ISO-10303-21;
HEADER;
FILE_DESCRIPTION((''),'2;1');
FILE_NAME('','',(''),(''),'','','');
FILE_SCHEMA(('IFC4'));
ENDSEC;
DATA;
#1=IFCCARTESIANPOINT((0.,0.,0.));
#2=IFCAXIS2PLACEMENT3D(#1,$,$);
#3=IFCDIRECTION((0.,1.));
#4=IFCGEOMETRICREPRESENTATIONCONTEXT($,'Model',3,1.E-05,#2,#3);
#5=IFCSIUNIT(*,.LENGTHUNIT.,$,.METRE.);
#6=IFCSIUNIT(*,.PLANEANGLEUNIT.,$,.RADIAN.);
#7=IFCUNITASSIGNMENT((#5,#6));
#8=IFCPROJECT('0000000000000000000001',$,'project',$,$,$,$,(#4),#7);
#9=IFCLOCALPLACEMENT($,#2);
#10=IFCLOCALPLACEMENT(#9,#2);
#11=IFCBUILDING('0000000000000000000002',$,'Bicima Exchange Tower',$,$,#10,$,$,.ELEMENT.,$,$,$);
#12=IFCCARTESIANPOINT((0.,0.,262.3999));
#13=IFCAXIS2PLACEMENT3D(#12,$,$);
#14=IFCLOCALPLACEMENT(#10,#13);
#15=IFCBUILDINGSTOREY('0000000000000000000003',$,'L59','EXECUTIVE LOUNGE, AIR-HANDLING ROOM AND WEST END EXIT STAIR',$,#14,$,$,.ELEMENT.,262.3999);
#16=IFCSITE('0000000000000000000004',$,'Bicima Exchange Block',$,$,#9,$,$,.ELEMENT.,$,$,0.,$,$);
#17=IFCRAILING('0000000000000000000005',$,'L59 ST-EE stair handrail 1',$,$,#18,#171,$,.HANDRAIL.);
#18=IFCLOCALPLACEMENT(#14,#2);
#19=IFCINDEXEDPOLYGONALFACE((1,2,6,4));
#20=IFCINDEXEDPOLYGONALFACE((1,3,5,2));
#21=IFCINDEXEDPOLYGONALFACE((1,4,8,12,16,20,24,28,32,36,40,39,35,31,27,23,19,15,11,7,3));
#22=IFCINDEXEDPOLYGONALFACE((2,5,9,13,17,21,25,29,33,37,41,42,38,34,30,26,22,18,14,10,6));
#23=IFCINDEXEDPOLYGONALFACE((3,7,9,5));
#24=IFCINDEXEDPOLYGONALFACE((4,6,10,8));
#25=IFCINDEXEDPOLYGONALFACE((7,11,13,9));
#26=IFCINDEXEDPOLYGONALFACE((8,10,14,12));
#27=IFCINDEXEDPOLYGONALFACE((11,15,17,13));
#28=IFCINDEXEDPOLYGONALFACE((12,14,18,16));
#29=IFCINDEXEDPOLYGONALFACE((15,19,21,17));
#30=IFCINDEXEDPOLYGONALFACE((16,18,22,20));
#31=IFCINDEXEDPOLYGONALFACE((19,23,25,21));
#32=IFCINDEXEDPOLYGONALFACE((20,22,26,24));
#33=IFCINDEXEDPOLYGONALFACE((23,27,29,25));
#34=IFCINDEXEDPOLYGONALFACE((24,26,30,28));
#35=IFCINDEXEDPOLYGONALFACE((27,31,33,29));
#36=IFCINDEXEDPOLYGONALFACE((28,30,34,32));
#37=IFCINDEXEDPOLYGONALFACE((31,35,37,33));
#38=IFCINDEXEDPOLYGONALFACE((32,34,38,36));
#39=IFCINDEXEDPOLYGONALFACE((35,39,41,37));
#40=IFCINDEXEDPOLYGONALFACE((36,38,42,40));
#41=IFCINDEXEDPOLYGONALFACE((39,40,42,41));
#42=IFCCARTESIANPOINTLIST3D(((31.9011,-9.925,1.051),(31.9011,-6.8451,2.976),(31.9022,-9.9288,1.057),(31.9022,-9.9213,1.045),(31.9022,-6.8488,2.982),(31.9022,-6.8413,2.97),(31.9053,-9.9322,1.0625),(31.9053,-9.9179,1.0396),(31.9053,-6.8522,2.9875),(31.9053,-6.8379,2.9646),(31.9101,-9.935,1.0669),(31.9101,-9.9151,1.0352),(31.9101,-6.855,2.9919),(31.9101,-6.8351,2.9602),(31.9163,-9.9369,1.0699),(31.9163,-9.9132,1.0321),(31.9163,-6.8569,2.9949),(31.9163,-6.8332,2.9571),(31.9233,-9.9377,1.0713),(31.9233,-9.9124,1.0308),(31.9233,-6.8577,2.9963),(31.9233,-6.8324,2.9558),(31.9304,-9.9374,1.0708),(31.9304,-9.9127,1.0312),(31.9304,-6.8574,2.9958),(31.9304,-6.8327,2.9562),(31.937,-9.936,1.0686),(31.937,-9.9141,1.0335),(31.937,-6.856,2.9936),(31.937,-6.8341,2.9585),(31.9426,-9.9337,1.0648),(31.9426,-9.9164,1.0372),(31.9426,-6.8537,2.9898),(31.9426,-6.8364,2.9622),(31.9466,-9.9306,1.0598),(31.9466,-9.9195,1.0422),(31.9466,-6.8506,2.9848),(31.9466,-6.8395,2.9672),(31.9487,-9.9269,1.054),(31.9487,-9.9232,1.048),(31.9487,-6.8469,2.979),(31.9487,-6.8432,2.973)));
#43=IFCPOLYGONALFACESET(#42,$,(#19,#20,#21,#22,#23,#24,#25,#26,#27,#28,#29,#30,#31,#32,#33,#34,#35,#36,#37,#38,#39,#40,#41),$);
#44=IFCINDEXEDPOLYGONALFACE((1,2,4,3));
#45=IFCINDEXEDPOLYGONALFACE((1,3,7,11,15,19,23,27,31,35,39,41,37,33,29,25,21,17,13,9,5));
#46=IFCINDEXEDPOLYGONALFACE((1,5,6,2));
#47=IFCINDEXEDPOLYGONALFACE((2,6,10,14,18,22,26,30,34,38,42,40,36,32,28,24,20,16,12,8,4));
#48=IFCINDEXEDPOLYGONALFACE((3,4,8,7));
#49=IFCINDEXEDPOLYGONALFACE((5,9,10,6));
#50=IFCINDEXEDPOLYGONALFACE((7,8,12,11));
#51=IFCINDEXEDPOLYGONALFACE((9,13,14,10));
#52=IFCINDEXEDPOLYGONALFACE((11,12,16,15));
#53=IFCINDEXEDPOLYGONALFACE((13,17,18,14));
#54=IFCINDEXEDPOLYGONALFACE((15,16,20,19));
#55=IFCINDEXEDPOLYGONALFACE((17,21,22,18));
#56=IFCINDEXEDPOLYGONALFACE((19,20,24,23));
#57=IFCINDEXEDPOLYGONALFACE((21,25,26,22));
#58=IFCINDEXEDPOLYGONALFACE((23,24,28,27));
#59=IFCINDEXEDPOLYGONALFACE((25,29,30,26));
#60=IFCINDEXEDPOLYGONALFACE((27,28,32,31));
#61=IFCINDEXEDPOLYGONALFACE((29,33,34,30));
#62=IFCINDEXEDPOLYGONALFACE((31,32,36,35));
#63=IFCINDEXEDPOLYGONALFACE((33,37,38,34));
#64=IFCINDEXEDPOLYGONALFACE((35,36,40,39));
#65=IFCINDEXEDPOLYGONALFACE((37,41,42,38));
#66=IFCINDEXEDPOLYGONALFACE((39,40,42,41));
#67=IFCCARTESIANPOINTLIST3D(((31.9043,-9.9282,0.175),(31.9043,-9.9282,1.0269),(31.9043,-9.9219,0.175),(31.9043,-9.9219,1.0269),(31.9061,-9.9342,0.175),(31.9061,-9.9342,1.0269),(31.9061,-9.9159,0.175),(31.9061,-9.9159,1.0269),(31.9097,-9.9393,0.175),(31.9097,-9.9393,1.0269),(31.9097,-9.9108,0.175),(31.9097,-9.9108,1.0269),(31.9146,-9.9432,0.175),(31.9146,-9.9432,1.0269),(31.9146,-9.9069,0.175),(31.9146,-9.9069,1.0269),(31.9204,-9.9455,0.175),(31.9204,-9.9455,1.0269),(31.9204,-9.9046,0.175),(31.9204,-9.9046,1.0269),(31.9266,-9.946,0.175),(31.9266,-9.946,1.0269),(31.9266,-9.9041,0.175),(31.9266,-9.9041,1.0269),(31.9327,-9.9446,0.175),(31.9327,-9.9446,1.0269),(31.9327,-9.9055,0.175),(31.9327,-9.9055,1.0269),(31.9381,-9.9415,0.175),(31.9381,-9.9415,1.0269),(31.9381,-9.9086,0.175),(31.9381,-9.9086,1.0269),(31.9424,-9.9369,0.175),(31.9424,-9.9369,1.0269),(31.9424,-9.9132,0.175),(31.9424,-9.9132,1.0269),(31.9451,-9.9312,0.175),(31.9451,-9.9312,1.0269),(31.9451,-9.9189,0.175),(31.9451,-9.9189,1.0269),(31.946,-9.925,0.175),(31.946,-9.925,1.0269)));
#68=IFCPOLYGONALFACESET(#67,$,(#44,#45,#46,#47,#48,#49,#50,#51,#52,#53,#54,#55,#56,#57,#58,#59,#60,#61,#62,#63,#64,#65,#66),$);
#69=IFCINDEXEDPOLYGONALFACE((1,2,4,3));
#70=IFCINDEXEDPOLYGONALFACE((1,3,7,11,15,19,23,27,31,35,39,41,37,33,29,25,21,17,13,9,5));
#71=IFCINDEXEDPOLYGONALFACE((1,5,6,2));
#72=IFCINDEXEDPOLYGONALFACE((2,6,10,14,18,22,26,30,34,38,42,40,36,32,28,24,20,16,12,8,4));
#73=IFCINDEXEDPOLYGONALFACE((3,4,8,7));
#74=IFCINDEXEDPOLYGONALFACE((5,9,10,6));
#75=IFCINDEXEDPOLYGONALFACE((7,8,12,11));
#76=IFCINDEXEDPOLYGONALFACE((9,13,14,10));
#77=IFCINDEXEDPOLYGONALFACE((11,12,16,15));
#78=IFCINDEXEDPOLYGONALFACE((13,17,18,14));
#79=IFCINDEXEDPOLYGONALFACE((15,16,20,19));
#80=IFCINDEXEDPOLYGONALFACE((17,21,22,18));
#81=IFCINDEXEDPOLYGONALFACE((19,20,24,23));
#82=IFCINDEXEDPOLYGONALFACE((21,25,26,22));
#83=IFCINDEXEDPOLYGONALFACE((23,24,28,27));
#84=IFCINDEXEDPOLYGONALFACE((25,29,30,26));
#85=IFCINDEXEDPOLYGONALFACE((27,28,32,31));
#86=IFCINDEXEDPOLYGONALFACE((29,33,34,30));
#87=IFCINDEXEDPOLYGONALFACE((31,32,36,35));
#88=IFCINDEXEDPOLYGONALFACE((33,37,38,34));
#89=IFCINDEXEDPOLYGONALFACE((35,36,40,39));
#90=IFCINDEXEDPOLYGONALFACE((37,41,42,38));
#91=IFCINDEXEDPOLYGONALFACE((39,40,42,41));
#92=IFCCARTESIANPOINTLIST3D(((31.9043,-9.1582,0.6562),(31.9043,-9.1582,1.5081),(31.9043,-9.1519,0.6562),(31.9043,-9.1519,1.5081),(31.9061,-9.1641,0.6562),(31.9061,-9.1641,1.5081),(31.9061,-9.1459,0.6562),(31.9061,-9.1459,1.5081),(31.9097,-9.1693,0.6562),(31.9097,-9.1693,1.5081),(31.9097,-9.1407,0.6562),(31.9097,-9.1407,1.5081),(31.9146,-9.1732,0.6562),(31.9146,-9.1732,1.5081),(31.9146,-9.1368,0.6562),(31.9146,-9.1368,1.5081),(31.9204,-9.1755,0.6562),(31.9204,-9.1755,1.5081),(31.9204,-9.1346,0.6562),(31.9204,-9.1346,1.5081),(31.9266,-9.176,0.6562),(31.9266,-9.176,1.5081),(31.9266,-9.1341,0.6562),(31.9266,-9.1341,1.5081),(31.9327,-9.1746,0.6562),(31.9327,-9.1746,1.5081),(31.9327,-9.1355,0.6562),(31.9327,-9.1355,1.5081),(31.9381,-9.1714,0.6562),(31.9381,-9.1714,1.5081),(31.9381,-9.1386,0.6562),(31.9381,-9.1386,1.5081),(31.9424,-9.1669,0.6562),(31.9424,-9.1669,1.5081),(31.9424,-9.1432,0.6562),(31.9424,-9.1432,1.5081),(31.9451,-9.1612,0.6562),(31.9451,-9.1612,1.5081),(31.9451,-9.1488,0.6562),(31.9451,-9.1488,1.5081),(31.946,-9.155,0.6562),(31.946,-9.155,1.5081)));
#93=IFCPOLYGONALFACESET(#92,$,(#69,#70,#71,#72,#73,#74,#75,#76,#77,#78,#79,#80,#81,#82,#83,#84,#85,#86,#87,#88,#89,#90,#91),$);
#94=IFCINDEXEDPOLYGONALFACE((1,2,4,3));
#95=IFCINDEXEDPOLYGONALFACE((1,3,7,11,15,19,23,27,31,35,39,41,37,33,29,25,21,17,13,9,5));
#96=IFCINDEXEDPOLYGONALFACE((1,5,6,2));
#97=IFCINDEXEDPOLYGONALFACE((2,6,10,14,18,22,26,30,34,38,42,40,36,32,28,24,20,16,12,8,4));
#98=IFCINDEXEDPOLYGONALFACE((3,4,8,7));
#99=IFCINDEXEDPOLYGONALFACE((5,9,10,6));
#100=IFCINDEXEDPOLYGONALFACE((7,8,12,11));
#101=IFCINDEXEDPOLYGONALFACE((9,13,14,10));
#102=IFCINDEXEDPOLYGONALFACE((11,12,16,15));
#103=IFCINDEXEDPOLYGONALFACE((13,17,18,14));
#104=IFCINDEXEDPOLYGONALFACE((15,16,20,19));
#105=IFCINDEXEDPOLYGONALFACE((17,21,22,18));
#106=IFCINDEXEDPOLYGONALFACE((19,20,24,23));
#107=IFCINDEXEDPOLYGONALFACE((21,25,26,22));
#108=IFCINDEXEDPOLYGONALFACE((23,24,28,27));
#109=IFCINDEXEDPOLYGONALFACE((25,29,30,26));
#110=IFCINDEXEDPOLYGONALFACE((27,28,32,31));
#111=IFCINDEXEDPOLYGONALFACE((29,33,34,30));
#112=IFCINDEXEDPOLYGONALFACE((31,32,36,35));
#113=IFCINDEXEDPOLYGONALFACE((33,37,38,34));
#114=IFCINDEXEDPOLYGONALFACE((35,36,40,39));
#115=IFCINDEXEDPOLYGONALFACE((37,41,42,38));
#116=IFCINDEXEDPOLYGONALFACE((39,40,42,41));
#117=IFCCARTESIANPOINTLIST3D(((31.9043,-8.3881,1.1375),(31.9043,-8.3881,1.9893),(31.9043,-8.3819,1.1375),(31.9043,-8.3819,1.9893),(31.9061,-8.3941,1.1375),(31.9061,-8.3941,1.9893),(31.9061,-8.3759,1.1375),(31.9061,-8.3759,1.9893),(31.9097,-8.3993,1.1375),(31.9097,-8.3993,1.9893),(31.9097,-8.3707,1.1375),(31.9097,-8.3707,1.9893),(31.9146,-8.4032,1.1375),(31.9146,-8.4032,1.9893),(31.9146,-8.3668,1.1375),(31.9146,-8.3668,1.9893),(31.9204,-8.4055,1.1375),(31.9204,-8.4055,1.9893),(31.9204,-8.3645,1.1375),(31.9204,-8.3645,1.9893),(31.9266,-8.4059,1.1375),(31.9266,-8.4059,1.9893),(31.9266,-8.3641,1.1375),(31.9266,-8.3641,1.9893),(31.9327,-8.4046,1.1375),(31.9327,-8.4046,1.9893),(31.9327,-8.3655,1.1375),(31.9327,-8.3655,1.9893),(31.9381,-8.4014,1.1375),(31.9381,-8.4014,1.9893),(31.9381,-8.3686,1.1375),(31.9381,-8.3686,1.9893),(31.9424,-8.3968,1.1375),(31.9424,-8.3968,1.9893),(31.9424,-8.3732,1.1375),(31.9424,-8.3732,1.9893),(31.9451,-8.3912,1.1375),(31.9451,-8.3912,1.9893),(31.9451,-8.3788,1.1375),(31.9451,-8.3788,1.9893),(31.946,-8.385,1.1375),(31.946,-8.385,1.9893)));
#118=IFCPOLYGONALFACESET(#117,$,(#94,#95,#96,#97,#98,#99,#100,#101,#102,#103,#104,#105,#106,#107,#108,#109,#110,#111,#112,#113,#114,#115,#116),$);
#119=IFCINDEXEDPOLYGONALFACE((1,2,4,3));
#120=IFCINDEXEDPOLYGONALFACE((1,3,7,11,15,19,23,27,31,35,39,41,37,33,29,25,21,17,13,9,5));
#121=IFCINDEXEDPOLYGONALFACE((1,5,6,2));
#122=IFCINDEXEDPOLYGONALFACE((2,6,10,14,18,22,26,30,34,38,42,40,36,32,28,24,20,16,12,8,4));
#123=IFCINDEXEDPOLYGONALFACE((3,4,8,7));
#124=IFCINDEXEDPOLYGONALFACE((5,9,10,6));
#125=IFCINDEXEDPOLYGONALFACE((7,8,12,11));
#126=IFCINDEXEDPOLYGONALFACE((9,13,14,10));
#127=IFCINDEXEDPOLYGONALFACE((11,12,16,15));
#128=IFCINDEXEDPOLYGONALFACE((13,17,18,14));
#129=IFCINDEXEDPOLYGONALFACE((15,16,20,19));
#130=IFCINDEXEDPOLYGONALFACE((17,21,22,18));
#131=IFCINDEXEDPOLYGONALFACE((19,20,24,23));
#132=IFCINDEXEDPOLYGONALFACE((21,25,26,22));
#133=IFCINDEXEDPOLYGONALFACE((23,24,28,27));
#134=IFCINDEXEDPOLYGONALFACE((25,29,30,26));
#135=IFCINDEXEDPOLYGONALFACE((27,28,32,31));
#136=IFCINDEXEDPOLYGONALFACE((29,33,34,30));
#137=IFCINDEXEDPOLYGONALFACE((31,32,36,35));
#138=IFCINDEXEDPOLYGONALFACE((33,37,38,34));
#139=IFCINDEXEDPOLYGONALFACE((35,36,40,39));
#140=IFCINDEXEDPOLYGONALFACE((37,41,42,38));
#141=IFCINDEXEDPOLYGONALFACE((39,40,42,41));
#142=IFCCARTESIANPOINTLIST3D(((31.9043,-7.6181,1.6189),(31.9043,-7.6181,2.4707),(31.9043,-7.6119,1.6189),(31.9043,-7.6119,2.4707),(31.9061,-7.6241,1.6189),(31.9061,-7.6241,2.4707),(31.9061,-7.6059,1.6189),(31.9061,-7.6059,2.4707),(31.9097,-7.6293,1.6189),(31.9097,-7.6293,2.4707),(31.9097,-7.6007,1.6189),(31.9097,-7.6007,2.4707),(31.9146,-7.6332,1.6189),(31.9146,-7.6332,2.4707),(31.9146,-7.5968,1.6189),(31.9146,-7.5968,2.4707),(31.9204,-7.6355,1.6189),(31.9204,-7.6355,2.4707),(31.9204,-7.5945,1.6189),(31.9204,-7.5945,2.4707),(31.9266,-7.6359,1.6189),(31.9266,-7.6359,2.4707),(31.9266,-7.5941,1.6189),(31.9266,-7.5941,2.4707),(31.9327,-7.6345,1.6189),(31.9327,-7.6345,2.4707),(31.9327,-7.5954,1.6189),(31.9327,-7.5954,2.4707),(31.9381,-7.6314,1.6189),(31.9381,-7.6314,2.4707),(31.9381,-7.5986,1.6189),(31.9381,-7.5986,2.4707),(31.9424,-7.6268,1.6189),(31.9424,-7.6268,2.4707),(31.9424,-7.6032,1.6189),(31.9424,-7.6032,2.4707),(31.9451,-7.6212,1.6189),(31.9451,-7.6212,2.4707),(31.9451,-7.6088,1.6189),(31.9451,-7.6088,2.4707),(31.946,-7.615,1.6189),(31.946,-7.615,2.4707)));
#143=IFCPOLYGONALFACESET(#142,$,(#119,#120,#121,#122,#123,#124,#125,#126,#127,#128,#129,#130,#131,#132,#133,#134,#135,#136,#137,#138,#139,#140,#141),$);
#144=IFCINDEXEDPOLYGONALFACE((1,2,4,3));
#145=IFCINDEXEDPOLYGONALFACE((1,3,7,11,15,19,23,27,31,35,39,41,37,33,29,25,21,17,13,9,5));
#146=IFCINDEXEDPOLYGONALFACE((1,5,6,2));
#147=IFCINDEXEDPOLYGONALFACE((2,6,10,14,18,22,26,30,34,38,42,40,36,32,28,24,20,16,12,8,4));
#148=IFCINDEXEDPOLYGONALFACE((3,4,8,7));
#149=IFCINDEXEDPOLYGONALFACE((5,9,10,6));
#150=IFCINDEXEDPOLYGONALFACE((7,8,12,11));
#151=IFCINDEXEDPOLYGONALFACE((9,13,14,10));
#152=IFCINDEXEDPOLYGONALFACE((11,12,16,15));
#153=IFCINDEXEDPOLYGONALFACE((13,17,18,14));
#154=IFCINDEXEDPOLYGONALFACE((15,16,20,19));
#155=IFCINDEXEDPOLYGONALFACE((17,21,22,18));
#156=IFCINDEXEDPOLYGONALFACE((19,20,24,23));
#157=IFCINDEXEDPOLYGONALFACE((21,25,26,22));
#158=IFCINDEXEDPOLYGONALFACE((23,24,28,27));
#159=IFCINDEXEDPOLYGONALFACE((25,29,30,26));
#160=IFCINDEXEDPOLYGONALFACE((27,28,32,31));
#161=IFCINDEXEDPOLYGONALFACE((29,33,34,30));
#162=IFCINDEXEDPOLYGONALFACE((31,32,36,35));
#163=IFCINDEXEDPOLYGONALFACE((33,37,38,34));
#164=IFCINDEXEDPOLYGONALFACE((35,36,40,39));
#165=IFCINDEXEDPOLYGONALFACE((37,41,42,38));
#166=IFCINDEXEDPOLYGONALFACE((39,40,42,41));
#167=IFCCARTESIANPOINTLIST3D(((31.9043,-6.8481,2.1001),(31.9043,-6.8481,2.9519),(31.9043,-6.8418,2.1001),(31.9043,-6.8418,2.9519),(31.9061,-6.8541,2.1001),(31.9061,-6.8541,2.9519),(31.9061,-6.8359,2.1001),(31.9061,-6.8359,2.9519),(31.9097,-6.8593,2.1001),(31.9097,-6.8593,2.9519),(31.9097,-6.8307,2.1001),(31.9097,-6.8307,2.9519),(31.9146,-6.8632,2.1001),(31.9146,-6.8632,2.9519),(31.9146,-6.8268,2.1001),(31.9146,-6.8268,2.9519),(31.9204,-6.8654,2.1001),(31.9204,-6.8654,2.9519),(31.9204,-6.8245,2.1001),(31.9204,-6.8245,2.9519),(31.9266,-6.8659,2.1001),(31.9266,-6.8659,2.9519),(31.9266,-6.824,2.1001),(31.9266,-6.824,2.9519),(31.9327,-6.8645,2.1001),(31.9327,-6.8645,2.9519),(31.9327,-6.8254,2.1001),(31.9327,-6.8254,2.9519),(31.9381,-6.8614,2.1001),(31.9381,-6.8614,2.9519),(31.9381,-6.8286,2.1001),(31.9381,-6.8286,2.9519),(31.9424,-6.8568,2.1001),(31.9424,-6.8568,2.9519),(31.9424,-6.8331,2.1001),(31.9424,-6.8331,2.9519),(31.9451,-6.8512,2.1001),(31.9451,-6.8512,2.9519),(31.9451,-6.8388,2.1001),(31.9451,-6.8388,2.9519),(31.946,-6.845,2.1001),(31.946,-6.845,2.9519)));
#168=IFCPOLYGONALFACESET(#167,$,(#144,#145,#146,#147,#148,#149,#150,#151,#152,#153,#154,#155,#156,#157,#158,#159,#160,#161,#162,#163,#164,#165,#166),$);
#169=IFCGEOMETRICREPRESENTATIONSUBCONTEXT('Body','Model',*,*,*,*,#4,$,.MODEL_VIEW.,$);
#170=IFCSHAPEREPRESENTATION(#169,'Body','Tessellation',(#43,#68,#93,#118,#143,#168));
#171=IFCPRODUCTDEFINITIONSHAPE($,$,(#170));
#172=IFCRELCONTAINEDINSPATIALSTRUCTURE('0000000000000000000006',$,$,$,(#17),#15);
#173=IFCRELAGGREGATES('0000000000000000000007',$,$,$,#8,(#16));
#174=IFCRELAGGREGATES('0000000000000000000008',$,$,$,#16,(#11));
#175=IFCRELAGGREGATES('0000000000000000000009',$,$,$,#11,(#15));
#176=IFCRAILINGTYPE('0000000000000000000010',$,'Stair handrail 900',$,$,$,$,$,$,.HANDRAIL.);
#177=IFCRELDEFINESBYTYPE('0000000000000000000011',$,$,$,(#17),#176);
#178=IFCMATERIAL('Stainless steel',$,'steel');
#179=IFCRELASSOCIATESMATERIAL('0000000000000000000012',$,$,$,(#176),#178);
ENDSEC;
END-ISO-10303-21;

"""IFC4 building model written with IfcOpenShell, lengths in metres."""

from ifc_helpers import new_model, si_unit, direction, frame, origin, origin_2d, place, context, subcontext, project, spatial, circle, extrude, material, type_object, element, save


model = new_model("IFC4")

# Units and contexts
model_context = context("Model", 3, precision=1e-05, world=origin(), true_north=direction((0.0, 1.0)))
body_context = subcontext(model_context, "Body", "Model", "MODEL_VIEW")
ifc_project = project(units=[si_unit("LENGTHUNIT", "METRE"), si_unit("PLANEANGLEUNIT", "RADIAN")], contexts=[model_context])

# Site, building, storey
site_placement = place(None, origin())
site = spatial("IfcSite", under=ifc_project, at=site_placement, Name="Bicima Exchange Block", CompositionType="ELEMENT", RefElevation=0.0)
building_placement = place(site_placement, origin())
building = spatial("IfcBuilding", under=site, at=building_placement, Name="Bicima Exchange Tower", CompositionType="ELEMENT")
storey_placement = place(building_placement, frame((0.0, 0.0, 262.3999)))
storey = spatial("IfcBuildingStorey", under=building, at=storey_placement, Name="L59", Description="EXECUTIVE LOUNGE, AIR-HANDLING ROOM AND WEST END EXIT STAIR", CompositionType="ELEMENT", Elevation=262.3999)

# Railing
ifc_material_1 = material(Name="Stainless steel", Category="steel")
railing_type = type_object("IfcRailingType", Name="Stair handrail 900", PredefinedType="HANDRAIL", material=ifc_material_1)
railing_placement = place(storey_placement, frame((31.925, -9.925, 0.175)))
element("IfcRailing", 1, at=railing_placement, inside=storey, type_object=railing_type, Name="L59 ST-EE stair handrail 1", PredefinedType="HANDRAIL", context=body_context, shape_type="SweptSolid", body=[
    extrude(circle(Radius=0.0239, at=origin_2d()), frame((0.0, 0.0, 0.876), z_axis=(0.0, 0.847998, 0.529999), x_axis=(-1.0, 0.0, 0.0)), (0.0, 0.0, 1.0), 3.6321),
    extrude(circle(Radius=0.021, at=origin_2d()), origin(), (0.0, 0.0, 1.0), 0.8518),
    extrude(circle(Radius=0.021, at=origin_2d()), frame((0.0, 0.77, 0.4812)), (0.0, 0.0, 1.0), 0.8518),
    extrude(circle(Radius=0.021, at=origin_2d()), frame((0.0, 1.54, 0.9624)), (0.0, 0.0, 1.0), 0.8518),
    extrude(circle(Radius=0.021, at=origin_2d()), frame((0.0, 2.3101, 1.4438)), (0.0, 0.0, 1.0), 0.8518),
    extrude(circle(Radius=0.021, at=origin_2d()), frame((0.0, 3.0801, 1.925)), (0.0, 0.0, 1.0), 0.8518),
])

save(model, "model.ifc")
